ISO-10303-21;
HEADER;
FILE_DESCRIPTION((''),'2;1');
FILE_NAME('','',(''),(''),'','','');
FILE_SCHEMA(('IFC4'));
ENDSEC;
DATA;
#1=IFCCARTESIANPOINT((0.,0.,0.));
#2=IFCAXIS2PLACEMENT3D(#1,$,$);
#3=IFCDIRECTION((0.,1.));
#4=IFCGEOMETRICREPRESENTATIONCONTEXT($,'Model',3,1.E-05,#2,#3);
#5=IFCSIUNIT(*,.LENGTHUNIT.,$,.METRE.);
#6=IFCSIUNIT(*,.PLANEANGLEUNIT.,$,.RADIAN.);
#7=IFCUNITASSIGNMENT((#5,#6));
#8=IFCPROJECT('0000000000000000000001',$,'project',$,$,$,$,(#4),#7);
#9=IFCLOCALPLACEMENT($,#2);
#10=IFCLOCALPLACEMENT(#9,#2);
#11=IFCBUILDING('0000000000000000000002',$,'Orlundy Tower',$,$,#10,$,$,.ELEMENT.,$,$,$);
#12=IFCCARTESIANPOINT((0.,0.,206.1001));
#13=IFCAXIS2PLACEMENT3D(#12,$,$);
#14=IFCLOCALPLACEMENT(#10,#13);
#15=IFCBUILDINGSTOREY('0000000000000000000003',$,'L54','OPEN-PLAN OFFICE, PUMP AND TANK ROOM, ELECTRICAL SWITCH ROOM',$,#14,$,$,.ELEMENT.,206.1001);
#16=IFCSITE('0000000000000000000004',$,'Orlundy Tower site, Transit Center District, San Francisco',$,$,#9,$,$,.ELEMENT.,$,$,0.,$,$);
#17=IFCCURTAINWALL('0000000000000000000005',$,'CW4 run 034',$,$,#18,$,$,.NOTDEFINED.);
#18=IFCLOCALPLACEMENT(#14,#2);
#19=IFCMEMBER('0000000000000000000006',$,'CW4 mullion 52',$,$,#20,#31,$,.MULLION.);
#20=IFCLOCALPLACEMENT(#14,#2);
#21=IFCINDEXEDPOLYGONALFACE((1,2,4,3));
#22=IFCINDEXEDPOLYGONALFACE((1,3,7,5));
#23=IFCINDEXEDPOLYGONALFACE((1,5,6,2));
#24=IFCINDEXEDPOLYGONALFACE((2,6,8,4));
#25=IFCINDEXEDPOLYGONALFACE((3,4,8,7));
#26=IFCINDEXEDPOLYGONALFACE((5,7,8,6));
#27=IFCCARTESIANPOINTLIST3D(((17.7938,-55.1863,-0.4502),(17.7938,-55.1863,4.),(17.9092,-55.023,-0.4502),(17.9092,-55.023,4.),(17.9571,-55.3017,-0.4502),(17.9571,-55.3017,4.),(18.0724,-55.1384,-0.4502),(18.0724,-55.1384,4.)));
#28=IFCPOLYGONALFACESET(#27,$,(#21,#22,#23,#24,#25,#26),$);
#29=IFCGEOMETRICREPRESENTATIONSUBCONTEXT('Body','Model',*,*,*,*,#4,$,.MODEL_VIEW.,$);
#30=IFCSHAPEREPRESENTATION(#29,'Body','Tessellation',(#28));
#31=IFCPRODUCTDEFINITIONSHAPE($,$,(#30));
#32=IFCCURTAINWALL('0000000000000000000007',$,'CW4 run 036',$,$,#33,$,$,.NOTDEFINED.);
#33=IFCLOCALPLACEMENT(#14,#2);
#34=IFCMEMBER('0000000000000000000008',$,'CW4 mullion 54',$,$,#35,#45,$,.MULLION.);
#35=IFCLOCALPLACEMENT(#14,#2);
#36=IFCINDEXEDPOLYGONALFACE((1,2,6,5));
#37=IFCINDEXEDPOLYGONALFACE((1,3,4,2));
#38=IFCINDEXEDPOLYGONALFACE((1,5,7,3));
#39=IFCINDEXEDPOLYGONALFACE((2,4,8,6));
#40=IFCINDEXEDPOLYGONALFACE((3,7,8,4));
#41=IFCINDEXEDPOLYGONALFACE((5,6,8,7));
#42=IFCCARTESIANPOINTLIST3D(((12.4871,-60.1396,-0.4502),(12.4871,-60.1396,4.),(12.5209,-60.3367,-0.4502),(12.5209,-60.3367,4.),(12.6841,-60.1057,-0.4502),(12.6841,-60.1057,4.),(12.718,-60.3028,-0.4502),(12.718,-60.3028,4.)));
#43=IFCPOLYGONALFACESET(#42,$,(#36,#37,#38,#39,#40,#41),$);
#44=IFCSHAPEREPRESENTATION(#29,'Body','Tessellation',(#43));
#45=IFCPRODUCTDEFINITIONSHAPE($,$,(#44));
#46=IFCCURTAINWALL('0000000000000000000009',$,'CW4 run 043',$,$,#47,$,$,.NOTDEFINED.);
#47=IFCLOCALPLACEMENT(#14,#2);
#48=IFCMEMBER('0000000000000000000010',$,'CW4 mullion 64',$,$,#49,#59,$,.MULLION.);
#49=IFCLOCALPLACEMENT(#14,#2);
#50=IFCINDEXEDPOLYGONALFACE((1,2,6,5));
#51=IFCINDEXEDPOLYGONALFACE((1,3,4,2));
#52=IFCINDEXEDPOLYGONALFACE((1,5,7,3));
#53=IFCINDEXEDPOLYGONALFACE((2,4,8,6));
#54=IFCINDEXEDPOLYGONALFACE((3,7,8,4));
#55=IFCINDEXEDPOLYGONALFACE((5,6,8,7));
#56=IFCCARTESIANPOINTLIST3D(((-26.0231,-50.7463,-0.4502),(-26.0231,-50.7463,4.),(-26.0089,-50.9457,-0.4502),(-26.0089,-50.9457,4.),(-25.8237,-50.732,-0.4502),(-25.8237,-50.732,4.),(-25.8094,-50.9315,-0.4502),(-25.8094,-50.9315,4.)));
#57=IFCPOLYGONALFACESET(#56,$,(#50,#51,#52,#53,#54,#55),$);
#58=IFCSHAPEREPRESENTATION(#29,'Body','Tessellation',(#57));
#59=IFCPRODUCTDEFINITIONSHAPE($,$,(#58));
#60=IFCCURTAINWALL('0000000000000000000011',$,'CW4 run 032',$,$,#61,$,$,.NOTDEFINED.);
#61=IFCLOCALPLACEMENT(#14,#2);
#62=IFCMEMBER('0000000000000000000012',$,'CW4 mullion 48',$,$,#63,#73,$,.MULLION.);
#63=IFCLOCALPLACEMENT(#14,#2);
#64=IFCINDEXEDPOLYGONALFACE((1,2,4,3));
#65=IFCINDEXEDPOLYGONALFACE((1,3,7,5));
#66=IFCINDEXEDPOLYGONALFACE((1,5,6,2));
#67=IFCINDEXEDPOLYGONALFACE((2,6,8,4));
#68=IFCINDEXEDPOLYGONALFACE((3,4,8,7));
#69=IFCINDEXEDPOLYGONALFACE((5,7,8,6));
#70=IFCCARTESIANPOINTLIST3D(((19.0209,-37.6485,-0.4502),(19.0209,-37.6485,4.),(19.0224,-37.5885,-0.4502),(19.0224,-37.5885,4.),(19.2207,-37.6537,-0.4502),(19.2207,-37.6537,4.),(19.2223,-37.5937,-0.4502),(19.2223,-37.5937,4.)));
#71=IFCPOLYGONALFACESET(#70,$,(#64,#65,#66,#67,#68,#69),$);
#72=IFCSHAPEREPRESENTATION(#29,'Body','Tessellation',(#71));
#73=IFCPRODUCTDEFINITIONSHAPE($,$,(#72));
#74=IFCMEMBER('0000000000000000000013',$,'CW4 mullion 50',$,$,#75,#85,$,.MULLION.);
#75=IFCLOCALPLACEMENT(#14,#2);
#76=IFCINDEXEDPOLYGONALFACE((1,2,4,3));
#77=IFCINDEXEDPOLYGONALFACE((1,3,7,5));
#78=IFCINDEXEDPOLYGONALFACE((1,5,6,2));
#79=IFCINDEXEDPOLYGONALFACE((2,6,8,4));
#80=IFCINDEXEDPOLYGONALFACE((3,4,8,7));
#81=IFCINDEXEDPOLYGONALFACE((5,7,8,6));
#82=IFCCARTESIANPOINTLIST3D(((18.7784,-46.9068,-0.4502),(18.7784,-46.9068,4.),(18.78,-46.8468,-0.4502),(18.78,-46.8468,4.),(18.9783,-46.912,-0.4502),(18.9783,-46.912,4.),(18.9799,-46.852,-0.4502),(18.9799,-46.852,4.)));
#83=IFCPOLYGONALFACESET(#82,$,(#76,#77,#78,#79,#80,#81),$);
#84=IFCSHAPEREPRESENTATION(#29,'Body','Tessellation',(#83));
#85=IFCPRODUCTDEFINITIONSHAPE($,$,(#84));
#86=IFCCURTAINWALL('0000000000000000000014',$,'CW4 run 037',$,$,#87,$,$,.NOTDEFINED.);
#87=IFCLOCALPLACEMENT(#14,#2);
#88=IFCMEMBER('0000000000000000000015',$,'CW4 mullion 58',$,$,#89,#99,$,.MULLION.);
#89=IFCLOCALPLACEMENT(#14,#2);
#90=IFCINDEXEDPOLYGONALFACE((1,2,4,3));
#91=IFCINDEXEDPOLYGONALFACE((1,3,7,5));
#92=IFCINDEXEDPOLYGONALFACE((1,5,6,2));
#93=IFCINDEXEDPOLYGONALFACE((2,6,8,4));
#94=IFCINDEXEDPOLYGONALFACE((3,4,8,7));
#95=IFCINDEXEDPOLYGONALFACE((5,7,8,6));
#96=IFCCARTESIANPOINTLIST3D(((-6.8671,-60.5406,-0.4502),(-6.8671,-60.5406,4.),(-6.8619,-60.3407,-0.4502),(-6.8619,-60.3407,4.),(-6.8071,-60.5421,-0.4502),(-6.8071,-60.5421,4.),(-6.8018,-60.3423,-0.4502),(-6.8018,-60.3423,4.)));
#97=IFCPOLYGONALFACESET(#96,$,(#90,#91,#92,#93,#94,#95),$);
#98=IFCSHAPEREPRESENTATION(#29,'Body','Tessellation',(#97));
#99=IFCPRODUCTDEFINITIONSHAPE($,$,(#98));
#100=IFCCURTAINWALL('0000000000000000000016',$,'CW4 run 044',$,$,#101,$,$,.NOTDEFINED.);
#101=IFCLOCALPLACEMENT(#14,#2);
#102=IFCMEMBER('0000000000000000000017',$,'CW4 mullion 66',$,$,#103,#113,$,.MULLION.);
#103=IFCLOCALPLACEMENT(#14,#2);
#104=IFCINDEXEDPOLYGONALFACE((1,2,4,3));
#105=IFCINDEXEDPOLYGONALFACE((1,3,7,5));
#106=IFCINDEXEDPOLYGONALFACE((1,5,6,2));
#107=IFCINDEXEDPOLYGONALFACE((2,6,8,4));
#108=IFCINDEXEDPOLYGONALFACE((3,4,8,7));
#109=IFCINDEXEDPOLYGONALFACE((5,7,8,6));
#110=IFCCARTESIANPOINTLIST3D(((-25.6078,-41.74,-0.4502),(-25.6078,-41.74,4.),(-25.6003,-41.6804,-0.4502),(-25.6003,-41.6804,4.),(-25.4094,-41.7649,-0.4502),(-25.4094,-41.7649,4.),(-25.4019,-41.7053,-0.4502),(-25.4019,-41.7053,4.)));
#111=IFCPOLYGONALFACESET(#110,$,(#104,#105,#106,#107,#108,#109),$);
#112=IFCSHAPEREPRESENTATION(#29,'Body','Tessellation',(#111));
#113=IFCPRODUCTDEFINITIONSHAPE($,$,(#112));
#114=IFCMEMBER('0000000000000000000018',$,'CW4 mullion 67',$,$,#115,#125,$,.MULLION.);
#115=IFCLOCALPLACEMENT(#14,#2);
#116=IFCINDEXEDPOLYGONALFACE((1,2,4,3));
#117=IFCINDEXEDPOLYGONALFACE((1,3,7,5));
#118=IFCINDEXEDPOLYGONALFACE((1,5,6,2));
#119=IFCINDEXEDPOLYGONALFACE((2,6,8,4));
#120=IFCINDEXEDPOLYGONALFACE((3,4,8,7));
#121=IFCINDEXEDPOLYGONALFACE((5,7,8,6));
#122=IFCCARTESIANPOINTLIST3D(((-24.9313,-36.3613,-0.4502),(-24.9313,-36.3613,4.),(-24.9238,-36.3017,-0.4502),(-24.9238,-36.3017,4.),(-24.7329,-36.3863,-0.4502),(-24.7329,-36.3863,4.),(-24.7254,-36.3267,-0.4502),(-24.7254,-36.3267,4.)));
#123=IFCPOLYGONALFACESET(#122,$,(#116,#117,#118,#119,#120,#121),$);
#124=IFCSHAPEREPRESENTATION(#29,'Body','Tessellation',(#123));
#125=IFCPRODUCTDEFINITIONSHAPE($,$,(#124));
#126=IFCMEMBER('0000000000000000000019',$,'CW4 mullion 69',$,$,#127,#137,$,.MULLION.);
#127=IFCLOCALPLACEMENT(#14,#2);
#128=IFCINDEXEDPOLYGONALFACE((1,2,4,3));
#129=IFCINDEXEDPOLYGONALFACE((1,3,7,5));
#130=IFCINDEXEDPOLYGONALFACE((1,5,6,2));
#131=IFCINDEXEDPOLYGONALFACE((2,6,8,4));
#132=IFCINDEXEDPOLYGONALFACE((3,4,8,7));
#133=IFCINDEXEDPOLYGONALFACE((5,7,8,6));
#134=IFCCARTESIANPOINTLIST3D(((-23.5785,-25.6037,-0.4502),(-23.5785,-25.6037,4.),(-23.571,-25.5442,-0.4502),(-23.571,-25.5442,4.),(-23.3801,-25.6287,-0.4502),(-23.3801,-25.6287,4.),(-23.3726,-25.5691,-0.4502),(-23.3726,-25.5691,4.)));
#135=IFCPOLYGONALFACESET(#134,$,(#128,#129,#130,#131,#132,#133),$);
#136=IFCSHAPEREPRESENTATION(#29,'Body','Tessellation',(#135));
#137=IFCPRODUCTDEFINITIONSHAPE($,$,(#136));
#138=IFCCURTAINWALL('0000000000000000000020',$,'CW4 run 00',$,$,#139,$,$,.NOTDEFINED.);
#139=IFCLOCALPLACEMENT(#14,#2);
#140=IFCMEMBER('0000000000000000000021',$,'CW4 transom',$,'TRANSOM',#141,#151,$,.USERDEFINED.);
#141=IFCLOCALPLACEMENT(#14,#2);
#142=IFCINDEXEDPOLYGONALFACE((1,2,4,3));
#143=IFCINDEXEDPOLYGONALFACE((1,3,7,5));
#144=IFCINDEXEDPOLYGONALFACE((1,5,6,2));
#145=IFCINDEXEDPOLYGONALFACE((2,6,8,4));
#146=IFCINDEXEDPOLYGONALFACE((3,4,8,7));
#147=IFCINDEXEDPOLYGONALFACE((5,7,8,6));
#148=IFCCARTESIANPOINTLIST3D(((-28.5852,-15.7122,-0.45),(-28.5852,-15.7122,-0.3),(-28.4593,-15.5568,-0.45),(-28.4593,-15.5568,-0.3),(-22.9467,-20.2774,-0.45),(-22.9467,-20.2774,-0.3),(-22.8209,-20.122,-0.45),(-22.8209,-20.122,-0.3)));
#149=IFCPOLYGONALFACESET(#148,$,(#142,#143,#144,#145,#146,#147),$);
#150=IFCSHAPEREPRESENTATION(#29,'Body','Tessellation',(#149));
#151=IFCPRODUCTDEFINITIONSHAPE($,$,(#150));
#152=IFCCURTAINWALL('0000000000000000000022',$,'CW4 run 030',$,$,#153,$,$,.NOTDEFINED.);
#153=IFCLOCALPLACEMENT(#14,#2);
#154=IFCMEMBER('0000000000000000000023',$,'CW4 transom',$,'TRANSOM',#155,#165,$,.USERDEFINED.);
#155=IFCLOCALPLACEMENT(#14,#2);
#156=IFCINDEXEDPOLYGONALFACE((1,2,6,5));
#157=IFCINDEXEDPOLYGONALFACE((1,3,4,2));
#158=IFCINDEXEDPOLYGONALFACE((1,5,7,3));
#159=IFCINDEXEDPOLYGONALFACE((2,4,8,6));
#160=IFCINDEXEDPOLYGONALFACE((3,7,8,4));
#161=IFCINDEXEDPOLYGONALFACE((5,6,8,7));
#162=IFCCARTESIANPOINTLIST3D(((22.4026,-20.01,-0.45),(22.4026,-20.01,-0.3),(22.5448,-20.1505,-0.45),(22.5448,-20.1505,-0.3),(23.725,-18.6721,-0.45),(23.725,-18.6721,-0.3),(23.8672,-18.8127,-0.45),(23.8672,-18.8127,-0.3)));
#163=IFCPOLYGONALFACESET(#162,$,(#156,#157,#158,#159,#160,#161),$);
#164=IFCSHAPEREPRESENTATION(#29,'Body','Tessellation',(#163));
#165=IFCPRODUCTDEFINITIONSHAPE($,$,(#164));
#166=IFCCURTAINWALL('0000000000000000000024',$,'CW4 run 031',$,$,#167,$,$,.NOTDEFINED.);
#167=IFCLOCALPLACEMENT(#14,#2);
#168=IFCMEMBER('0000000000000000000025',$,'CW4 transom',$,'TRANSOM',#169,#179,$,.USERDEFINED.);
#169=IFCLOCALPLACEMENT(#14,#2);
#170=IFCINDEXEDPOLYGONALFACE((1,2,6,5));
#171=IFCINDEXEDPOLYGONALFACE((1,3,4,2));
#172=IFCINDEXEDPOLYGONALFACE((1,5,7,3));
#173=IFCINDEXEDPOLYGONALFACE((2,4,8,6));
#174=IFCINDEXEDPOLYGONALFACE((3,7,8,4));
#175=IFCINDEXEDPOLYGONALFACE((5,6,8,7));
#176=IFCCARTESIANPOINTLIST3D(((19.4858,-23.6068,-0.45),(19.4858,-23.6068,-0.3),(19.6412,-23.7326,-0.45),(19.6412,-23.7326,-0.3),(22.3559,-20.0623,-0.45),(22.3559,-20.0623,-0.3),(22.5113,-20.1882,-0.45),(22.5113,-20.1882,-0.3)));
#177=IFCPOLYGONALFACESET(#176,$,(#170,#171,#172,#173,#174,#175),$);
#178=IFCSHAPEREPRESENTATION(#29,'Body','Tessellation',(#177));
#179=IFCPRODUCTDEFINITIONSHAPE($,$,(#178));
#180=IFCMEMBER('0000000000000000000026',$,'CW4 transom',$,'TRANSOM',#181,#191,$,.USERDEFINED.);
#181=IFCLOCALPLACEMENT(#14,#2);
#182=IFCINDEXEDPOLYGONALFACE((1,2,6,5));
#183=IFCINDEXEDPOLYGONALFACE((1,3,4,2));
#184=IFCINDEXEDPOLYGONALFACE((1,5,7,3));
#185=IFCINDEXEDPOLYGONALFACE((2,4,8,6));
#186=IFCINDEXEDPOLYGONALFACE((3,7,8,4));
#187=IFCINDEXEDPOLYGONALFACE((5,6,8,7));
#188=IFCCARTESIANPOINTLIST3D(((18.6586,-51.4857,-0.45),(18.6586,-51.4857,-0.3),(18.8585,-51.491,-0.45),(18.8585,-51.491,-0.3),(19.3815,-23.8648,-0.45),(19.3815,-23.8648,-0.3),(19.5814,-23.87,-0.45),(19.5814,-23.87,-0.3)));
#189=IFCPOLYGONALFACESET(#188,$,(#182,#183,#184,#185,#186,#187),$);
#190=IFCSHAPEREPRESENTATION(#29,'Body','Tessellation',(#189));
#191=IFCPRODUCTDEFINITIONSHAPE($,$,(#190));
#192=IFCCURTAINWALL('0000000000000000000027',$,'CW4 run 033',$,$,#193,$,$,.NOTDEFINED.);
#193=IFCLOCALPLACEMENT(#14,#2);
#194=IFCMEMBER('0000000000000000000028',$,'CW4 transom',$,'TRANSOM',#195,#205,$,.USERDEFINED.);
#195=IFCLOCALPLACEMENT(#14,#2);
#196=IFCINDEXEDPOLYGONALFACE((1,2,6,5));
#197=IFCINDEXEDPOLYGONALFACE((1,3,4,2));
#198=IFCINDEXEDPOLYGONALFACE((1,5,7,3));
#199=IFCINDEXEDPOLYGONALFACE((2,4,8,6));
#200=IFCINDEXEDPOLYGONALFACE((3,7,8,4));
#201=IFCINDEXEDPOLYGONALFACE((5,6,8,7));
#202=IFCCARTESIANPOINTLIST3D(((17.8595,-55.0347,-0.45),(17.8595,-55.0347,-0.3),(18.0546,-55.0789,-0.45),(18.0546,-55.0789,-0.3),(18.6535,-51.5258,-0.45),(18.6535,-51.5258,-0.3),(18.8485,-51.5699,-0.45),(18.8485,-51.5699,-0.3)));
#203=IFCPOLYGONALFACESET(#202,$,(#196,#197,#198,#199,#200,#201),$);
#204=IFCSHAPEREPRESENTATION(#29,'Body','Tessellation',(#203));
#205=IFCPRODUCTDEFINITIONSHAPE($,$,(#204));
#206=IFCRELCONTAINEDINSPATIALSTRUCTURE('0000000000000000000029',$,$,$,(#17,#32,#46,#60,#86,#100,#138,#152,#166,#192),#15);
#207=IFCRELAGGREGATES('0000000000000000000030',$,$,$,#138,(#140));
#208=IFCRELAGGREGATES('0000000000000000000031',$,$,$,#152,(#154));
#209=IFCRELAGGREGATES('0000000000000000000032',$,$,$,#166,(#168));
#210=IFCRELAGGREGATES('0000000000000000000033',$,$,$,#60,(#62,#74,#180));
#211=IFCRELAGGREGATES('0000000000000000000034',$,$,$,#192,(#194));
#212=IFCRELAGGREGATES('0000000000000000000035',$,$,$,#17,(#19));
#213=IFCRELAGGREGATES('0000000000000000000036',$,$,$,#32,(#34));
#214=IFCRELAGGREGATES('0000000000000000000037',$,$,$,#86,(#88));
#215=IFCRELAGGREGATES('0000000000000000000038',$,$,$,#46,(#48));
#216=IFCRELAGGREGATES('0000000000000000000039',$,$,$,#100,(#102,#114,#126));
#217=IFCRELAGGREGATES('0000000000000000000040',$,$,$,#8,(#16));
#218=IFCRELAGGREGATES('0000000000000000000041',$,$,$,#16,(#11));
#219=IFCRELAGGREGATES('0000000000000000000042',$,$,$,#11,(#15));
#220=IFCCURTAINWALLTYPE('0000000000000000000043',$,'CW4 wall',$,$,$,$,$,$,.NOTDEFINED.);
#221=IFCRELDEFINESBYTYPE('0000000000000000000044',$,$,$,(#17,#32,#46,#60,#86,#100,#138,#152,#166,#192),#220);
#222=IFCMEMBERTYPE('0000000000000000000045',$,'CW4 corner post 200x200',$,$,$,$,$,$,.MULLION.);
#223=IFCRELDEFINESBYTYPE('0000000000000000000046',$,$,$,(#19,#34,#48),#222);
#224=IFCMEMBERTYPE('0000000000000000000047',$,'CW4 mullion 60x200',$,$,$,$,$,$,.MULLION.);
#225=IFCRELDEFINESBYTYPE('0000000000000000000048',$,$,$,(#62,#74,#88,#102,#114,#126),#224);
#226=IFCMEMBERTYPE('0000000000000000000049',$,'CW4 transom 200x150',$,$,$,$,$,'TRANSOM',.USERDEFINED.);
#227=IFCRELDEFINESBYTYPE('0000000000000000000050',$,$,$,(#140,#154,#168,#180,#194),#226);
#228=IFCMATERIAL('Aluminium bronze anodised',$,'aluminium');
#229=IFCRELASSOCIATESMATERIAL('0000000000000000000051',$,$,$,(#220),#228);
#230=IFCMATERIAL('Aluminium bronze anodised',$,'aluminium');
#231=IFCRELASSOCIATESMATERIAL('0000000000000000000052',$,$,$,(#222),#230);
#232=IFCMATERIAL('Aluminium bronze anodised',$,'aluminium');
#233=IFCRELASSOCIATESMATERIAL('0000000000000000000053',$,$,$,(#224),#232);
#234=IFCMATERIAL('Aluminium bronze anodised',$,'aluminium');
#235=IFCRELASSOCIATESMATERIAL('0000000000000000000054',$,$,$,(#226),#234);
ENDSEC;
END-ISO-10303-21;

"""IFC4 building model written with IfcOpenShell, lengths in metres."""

from ifc_helpers import new_model, si_unit, direction, frame, origin, origin_2d, place, context, subcontext, project, spatial, rectangle, extrude, material, material_profile, profile_set, type_object, element, aggregate, save


model = new_model("IFC4")

# Units and contexts
model_context = context("Model", 3, precision=1e-05, world=origin(), true_north=direction((0.0, 1.0)))
body_context = subcontext(model_context, "Body", "Model", "MODEL_VIEW")
ifc_project = project(units=[si_unit("LENGTHUNIT", "METRE"), si_unit("PLANEANGLEUNIT", "RADIAN")], contexts=[model_context])

# Site, building, storey
site_placement = place(None, origin())
site = spatial("IfcSite", under=ifc_project, at=site_placement, Name="Orlundy Tower site, Transit Center District, San Francisco", CompositionType="ELEMENT", RefElevation=0.0)
building_placement = place(site_placement, origin())
building = spatial("IfcBuilding", under=site, at=building_placement, Name="Orlundy Tower", CompositionType="ELEMENT")
storey_placement = place(building_placement, frame((0.0, 0.0, 206.1001)))
storey = spatial("IfcBuildingStorey", under=building, at=storey_placement, Name="L54", Description="OPEN-PLAN OFFICE, PUMP AND TANK ROOM, ELECTRICAL SWITCH ROOM", CompositionType="ELEMENT", Elevation=206.1001)

# Curtain walls, members
ifc_material_1 = material(Name="Aluminium bronze anodised", Category="aluminium")
curtain_wall_type = type_object("IfcCurtainWallType", Name="CW4 wall", PredefinedType="NOTDEFINED", material=ifc_material_1)
curtain_wall_1_placement = place(storey_placement, origin())
curtain_wall_1 = element("IfcCurtainWall", 1, at=curtain_wall_1_placement, inside=storey, type_object=curtain_wall_type, Name="CW4 run 034", PredefinedType="NOTDEFINED")
ifc_material_2 = material(Name="Aluminium bronze anodised", Category="aluminium")
ifc_material_profile_1 = material_profile(ifc_material_2, rectangle(XDim=0.2, YDim=0.2, at=origin_2d()), Name="CW4 corner post 200x200")
ifc_profile_set_1 = profile_set([ifc_material_profile_1], Name="Aluminium bronze anodised")
member_type_1 = type_object("IfcMemberType", Name="CW4 corner post 200x200", PredefinedType="MULLION", material=ifc_profile_set_1)
member_1_placement = place(storey_placement, frame((17.9331, -55.1624, -0.4502), z_axis=(0.0, 0.0, 1.0), x_axis=(0.816676, -0.577096, 0.0)))
member_1 = element("IfcMember", 2, at=member_1_placement, type_object=member_type_1, Name="CW4 mullion 52", PredefinedType="MULLION", context=body_context, shape_type="SweptSolid", body=[
    extrude(rectangle(XDim=0.2, YDim=0.2, at=origin_2d()), origin(), (0.0, 0.0, 1.0), 4.4502),
])
curtain_wall_2_placement = place(storey_placement, origin())
curtain_wall_2 = element("IfcCurtainWall", 3, at=curtain_wall_2_placement, inside=storey, type_object=curtain_wall_type, Name="CW4 run 036", PredefinedType="NOTDEFINED")
member_2_placement = place(storey_placement, frame((12.6025, -60.2212, -0.4502), z_axis=(0.0, 0.0, 1.0), x_axis=(0.169428, -0.985543, 0.0)))
member_2 = element("IfcMember", 4, at=member_2_placement, type_object=member_type_1, Name="CW4 mullion 54", PredefinedType="MULLION", context=body_context, shape_type="SweptSolid", body=[
    extrude(rectangle(XDim=0.2, YDim=0.2, at=origin_2d()), origin(), (0.0, 0.0, 1.0), 4.4502),
])
curtain_wall_3_placement = place(storey_placement, origin())
curtain_wall_3 = element("IfcCurtainWall", 5, at=curtain_wall_3_placement, inside=storey, type_object=curtain_wall_type, Name="CW4 run 043", PredefinedType="NOTDEFINED")
member_3_placement = place(storey_placement, frame((-25.9163, -50.8389, -0.4502), z_axis=(0.0, 0.0, 1.0), x_axis=(-0.997461, -0.071209, 0.0)))
member_3 = element("IfcMember", 6, at=member_3_placement, type_object=member_type_1, Name="CW4 mullion 64", PredefinedType="MULLION", context=body_context, shape_type="SweptSolid", body=[
    extrude(rectangle(XDim=0.2, YDim=0.2, at=origin_2d()), origin(), (0.0, 0.0, 1.0), 4.4502),
])

# Curtain wall, members
curtain_wall_4_placement = place(storey_placement, origin())
curtain_wall_4 = element("IfcCurtainWall", 7, at=curtain_wall_4_placement, inside=storey, type_object=curtain_wall_type, Name="CW4 run 032", PredefinedType="NOTDEFINED")
ifc_material_3 = material(Name="Aluminium bronze anodised", Category="aluminium")
ifc_material_profile_2 = material_profile(ifc_material_3, rectangle(XDim=0.2, YDim=0.0601, at=origin_2d()), Name="CW4 mullion 60x200")
ifc_profile_set_2 = profile_set([ifc_material_profile_2], Name="Aluminium bronze anodised")
member_type_2 = type_object("IfcMemberType", Name="CW4 mullion 60x200", PredefinedType="MULLION", material=ifc_profile_set_2)
member_4_placement = place(storey_placement, frame((19.1216, -37.6211, -0.4502), z_axis=(0.0, 0.0, 1.0), x_axis=(0.999658, -0.026166, 0.0)))
member_4 = element("IfcMember", 8, at=member_4_placement, type_object=member_type_2, Name="CW4 mullion 48", PredefinedType="MULLION", context=body_context, shape_type="SweptSolid", body=[
    extrude(rectangle(XDim=0.2, YDim=0.0601, at=origin_2d()), origin(), (0.0, 0.0, 1.0), 4.4502),
])
member_5_placement = place(storey_placement, frame((18.8792, -46.8794, -0.4502), z_axis=(0.0, 0.0, 1.0), x_axis=(0.999658, -0.026166, 0.0)))
member_5 = element("IfcMember", 9, at=member_5_placement, type_object=member_type_2, Name="CW4 mullion 50", PredefinedType="MULLION", context=body_context, shape_type="SweptSolid", body=[
    extrude(rectangle(XDim=0.2, YDim=0.0601, at=origin_2d()), origin(), (0.0, 0.0, 1.0), 4.4502),
])

# Curtain wall, member
curtain_wall_5_placement = place(storey_placement, origin())
curtain_wall_5 = element("IfcCurtainWall", 10, at=curtain_wall_5_placement, inside=storey, type_object=curtain_wall_type, Name="CW4 run 037", PredefinedType="NOTDEFINED")
member_6_placement = place(storey_placement, frame((-6.8345, -60.4414, -0.4502), z_axis=(0.0, 0.0, 1.0), x_axis=(-0.02619, -0.999657, 0.0)))
member_6 = element("IfcMember", 11, at=member_6_placement, type_object=member_type_2, Name="CW4 mullion 58", PredefinedType="MULLION", context=body_context, shape_type="SweptSolid", body=[
    extrude(rectangle(XDim=0.2, YDim=0.0601, at=origin_2d()), origin(), (0.0, 0.0, 1.0), 4.4502),
])

# Curtain wall, members
curtain_wall_6_placement = place(storey_placement, origin())
curtain_wall_6 = element("IfcCurtainWall", 12, at=curtain_wall_6_placement, inside=storey, type_object=curtain_wall_type, Name="CW4 run 044", PredefinedType="NOTDEFINED")
member_7_placement = place(storey_placement, frame((-25.5049, -41.7227, -0.4502), z_axis=(0.0, 0.0, 1.0), x_axis=(-0.992186, 0.12477, 0.0)))
member_7 = element("IfcMember", 13, at=member_7_placement, type_object=member_type_2, Name="CW4 mullion 66", PredefinedType="MULLION", context=body_context, shape_type="SweptSolid", body=[
    extrude(rectangle(XDim=0.2, YDim=0.0601, at=origin_2d()), origin(), (0.0, 0.0, 1.0), 4.4502),
])
member_8_placement = place(storey_placement, frame((-24.8284, -36.344, -0.4502), z_axis=(0.0, 0.0, 1.0), x_axis=(-0.992186, 0.12477, 0.0)))
member_8 = element("IfcMember", 14, at=member_8_placement, type_object=member_type_2, Name="CW4 mullion 67", PredefinedType="MULLION", context=body_context, shape_type="SweptSolid", body=[
    extrude(rectangle(XDim=0.2, YDim=0.0601, at=origin_2d()), origin(), (0.0, 0.0, 1.0), 4.4502),
])
member_9_placement = place(storey_placement, frame((-23.4756, -25.5864, -0.4502), z_axis=(0.0, 0.0, 1.0), x_axis=(-0.992186, 0.12477, 0.0)))
member_9 = element("IfcMember", 15, at=member_9_placement, type_object=member_type_2, Name="CW4 mullion 69", PredefinedType="MULLION", context=body_context, shape_type="SweptSolid", body=[
    extrude(rectangle(XDim=0.2, YDim=0.0601, at=origin_2d()), origin(), (0.0, 0.0, 1.0), 4.4502),
])

# Curtain walls, members
curtain_wall_7_placement = place(storey_placement, origin())
curtain_wall_7 = element("IfcCurtainWall", 16, at=curtain_wall_7_placement, inside=storey, type_object=curtain_wall_type, Name="CW4 run 00", PredefinedType="NOTDEFINED")
ifc_material_4 = material(Name="Aluminium bronze anodised", Category="aluminium")
ifc_material_profile_3 = material_profile(ifc_material_4, rectangle(XDim=0.2, YDim=0.1499, at=origin_2d()), Name="CW4 transom 200x150")
ifc_profile_set_3 = profile_set([ifc_material_profile_3], Name="Aluminium bronze anodised")
member_type_3 = type_object("IfcMemberType", Name="CW4 transom 200x150", ElementType="TRANSOM", PredefinedType="USERDEFINED", material=ifc_profile_set_3)
member_10_placement = place(storey_placement, frame((-22.8838, -20.1997, -0.375), z_axis=(-0.777195, 0.62926, 0.0), x_axis=(-0.62926, -0.777195, 0.0)))
member_10 = element("IfcMember", 17, at=member_10_placement, type_object=member_type_3, Name="CW4 transom", ObjectType="TRANSOM", PredefinedType="USERDEFINED", context=body_context, shape_type="SweptSolid", body=[
    extrude(rectangle(XDim=0.2, YDim=0.1499, at=origin_2d()), origin(), (0.0, 0.0, 1.0), 7.2549),
])
aggregate(curtain_wall_7, [member_10])
curtain_wall_8_placement = place(storey_placement, origin())
curtain_wall_8 = element("IfcCurtainWall", 18, at=curtain_wall_8_placement, inside=storey, type_object=curtain_wall_type, Name="CW4 run 030", PredefinedType="NOTDEFINED")
member_11_placement = place(storey_placement, frame((23.7961, -18.7424, -0.375), z_axis=(-0.703007, -0.711183, 0.0), x_axis=(0.711183, -0.703007, 0.0)))
member_11 = element("IfcMember", 19, at=member_11_placement, type_object=member_type_3, Name="CW4 transom", ObjectType="TRANSOM", PredefinedType="USERDEFINED", context=body_context, shape_type="SweptSolid", body=[
    extrude(rectangle(XDim=0.2, YDim=0.1499, at=origin_2d()), origin(), (0.0, 0.0, 1.0), 1.8811),
])
aggregate(curtain_wall_8, [member_11])
curtain_wall_9_placement = place(storey_placement, origin())
curtain_wall_9 = element("IfcCurtainWall", 20, at=curtain_wall_9_placement, inside=storey, type_object=curtain_wall_type, Name="CW4 run 031", PredefinedType="NOTDEFINED")
member_12_placement = place(storey_placement, frame((22.4336, -20.1252, -0.375), z_axis=(-0.629306, -0.777158, 0.0), x_axis=(0.777158, -0.629306, 0.0)))
member_12 = element("IfcMember", 21, at=member_12_placement, type_object=member_type_3, Name="CW4 transom", ObjectType="TRANSOM", PredefinedType="USERDEFINED", context=body_context, shape_type="SweptSolid", body=[
    extrude(rectangle(XDim=0.2, YDim=0.1499, at=origin_2d()), origin(), (0.0, 0.0, 1.0), 4.5608),
])
aggregate(curtain_wall_9, [member_12])

# Member
member_13_placement = place(storey_placement, frame((19.4814, -23.8674, -0.375), z_axis=(-0.026163, -0.999658, 0.0), x_axis=(0.999658, -0.026163, 0.0)))
member_13 = element("IfcMember", 22, at=member_13_placement, type_object=member_type_3, Name="CW4 transom", ObjectType="TRANSOM", PredefinedType="USERDEFINED", context=body_context, shape_type="SweptSolid", body=[
    extrude(rectangle(XDim=0.2, YDim=0.1499, at=origin_2d()), origin(), (0.0, 0.0, 1.0), 27.6304),
])
aggregate(curtain_wall_4, [member_4, member_5, member_13])

# Curtain wall, member
curtain_wall_10_placement = place(storey_placement, origin())
curtain_wall_10 = element("IfcCurtainWall", 23, at=curtain_wall_10_placement, inside=storey, type_object=curtain_wall_type, Name="CW4 run 033", PredefinedType="NOTDEFINED")
member_14_placement = place(storey_placement, frame((18.751, -51.5479, -0.375), z_axis=(-0.220679, -0.975346, 0.0), x_axis=(0.975346, -0.220679, 0.0)))
member_14 = element("IfcMember", 24, at=member_14_placement, type_object=member_type_3, Name="CW4 transom", ObjectType="TRANSOM", PredefinedType="USERDEFINED", context=body_context, shape_type="SweptSolid", body=[
    extrude(rectangle(XDim=0.2, YDim=0.1499, at=origin_2d()), origin(), (0.0, 0.0, 1.0), 3.5977),
])
aggregate(curtain_wall_10, [member_14])

aggregate(curtain_wall_1, [member_1])

aggregate(curtain_wall_2, [member_2])
aggregate(curtain_wall_5, [member_6])

aggregate(curtain_wall_3, [member_3])
aggregate(curtain_wall_6, [member_7, member_8, member_9])

save(model, "model.ifc")
